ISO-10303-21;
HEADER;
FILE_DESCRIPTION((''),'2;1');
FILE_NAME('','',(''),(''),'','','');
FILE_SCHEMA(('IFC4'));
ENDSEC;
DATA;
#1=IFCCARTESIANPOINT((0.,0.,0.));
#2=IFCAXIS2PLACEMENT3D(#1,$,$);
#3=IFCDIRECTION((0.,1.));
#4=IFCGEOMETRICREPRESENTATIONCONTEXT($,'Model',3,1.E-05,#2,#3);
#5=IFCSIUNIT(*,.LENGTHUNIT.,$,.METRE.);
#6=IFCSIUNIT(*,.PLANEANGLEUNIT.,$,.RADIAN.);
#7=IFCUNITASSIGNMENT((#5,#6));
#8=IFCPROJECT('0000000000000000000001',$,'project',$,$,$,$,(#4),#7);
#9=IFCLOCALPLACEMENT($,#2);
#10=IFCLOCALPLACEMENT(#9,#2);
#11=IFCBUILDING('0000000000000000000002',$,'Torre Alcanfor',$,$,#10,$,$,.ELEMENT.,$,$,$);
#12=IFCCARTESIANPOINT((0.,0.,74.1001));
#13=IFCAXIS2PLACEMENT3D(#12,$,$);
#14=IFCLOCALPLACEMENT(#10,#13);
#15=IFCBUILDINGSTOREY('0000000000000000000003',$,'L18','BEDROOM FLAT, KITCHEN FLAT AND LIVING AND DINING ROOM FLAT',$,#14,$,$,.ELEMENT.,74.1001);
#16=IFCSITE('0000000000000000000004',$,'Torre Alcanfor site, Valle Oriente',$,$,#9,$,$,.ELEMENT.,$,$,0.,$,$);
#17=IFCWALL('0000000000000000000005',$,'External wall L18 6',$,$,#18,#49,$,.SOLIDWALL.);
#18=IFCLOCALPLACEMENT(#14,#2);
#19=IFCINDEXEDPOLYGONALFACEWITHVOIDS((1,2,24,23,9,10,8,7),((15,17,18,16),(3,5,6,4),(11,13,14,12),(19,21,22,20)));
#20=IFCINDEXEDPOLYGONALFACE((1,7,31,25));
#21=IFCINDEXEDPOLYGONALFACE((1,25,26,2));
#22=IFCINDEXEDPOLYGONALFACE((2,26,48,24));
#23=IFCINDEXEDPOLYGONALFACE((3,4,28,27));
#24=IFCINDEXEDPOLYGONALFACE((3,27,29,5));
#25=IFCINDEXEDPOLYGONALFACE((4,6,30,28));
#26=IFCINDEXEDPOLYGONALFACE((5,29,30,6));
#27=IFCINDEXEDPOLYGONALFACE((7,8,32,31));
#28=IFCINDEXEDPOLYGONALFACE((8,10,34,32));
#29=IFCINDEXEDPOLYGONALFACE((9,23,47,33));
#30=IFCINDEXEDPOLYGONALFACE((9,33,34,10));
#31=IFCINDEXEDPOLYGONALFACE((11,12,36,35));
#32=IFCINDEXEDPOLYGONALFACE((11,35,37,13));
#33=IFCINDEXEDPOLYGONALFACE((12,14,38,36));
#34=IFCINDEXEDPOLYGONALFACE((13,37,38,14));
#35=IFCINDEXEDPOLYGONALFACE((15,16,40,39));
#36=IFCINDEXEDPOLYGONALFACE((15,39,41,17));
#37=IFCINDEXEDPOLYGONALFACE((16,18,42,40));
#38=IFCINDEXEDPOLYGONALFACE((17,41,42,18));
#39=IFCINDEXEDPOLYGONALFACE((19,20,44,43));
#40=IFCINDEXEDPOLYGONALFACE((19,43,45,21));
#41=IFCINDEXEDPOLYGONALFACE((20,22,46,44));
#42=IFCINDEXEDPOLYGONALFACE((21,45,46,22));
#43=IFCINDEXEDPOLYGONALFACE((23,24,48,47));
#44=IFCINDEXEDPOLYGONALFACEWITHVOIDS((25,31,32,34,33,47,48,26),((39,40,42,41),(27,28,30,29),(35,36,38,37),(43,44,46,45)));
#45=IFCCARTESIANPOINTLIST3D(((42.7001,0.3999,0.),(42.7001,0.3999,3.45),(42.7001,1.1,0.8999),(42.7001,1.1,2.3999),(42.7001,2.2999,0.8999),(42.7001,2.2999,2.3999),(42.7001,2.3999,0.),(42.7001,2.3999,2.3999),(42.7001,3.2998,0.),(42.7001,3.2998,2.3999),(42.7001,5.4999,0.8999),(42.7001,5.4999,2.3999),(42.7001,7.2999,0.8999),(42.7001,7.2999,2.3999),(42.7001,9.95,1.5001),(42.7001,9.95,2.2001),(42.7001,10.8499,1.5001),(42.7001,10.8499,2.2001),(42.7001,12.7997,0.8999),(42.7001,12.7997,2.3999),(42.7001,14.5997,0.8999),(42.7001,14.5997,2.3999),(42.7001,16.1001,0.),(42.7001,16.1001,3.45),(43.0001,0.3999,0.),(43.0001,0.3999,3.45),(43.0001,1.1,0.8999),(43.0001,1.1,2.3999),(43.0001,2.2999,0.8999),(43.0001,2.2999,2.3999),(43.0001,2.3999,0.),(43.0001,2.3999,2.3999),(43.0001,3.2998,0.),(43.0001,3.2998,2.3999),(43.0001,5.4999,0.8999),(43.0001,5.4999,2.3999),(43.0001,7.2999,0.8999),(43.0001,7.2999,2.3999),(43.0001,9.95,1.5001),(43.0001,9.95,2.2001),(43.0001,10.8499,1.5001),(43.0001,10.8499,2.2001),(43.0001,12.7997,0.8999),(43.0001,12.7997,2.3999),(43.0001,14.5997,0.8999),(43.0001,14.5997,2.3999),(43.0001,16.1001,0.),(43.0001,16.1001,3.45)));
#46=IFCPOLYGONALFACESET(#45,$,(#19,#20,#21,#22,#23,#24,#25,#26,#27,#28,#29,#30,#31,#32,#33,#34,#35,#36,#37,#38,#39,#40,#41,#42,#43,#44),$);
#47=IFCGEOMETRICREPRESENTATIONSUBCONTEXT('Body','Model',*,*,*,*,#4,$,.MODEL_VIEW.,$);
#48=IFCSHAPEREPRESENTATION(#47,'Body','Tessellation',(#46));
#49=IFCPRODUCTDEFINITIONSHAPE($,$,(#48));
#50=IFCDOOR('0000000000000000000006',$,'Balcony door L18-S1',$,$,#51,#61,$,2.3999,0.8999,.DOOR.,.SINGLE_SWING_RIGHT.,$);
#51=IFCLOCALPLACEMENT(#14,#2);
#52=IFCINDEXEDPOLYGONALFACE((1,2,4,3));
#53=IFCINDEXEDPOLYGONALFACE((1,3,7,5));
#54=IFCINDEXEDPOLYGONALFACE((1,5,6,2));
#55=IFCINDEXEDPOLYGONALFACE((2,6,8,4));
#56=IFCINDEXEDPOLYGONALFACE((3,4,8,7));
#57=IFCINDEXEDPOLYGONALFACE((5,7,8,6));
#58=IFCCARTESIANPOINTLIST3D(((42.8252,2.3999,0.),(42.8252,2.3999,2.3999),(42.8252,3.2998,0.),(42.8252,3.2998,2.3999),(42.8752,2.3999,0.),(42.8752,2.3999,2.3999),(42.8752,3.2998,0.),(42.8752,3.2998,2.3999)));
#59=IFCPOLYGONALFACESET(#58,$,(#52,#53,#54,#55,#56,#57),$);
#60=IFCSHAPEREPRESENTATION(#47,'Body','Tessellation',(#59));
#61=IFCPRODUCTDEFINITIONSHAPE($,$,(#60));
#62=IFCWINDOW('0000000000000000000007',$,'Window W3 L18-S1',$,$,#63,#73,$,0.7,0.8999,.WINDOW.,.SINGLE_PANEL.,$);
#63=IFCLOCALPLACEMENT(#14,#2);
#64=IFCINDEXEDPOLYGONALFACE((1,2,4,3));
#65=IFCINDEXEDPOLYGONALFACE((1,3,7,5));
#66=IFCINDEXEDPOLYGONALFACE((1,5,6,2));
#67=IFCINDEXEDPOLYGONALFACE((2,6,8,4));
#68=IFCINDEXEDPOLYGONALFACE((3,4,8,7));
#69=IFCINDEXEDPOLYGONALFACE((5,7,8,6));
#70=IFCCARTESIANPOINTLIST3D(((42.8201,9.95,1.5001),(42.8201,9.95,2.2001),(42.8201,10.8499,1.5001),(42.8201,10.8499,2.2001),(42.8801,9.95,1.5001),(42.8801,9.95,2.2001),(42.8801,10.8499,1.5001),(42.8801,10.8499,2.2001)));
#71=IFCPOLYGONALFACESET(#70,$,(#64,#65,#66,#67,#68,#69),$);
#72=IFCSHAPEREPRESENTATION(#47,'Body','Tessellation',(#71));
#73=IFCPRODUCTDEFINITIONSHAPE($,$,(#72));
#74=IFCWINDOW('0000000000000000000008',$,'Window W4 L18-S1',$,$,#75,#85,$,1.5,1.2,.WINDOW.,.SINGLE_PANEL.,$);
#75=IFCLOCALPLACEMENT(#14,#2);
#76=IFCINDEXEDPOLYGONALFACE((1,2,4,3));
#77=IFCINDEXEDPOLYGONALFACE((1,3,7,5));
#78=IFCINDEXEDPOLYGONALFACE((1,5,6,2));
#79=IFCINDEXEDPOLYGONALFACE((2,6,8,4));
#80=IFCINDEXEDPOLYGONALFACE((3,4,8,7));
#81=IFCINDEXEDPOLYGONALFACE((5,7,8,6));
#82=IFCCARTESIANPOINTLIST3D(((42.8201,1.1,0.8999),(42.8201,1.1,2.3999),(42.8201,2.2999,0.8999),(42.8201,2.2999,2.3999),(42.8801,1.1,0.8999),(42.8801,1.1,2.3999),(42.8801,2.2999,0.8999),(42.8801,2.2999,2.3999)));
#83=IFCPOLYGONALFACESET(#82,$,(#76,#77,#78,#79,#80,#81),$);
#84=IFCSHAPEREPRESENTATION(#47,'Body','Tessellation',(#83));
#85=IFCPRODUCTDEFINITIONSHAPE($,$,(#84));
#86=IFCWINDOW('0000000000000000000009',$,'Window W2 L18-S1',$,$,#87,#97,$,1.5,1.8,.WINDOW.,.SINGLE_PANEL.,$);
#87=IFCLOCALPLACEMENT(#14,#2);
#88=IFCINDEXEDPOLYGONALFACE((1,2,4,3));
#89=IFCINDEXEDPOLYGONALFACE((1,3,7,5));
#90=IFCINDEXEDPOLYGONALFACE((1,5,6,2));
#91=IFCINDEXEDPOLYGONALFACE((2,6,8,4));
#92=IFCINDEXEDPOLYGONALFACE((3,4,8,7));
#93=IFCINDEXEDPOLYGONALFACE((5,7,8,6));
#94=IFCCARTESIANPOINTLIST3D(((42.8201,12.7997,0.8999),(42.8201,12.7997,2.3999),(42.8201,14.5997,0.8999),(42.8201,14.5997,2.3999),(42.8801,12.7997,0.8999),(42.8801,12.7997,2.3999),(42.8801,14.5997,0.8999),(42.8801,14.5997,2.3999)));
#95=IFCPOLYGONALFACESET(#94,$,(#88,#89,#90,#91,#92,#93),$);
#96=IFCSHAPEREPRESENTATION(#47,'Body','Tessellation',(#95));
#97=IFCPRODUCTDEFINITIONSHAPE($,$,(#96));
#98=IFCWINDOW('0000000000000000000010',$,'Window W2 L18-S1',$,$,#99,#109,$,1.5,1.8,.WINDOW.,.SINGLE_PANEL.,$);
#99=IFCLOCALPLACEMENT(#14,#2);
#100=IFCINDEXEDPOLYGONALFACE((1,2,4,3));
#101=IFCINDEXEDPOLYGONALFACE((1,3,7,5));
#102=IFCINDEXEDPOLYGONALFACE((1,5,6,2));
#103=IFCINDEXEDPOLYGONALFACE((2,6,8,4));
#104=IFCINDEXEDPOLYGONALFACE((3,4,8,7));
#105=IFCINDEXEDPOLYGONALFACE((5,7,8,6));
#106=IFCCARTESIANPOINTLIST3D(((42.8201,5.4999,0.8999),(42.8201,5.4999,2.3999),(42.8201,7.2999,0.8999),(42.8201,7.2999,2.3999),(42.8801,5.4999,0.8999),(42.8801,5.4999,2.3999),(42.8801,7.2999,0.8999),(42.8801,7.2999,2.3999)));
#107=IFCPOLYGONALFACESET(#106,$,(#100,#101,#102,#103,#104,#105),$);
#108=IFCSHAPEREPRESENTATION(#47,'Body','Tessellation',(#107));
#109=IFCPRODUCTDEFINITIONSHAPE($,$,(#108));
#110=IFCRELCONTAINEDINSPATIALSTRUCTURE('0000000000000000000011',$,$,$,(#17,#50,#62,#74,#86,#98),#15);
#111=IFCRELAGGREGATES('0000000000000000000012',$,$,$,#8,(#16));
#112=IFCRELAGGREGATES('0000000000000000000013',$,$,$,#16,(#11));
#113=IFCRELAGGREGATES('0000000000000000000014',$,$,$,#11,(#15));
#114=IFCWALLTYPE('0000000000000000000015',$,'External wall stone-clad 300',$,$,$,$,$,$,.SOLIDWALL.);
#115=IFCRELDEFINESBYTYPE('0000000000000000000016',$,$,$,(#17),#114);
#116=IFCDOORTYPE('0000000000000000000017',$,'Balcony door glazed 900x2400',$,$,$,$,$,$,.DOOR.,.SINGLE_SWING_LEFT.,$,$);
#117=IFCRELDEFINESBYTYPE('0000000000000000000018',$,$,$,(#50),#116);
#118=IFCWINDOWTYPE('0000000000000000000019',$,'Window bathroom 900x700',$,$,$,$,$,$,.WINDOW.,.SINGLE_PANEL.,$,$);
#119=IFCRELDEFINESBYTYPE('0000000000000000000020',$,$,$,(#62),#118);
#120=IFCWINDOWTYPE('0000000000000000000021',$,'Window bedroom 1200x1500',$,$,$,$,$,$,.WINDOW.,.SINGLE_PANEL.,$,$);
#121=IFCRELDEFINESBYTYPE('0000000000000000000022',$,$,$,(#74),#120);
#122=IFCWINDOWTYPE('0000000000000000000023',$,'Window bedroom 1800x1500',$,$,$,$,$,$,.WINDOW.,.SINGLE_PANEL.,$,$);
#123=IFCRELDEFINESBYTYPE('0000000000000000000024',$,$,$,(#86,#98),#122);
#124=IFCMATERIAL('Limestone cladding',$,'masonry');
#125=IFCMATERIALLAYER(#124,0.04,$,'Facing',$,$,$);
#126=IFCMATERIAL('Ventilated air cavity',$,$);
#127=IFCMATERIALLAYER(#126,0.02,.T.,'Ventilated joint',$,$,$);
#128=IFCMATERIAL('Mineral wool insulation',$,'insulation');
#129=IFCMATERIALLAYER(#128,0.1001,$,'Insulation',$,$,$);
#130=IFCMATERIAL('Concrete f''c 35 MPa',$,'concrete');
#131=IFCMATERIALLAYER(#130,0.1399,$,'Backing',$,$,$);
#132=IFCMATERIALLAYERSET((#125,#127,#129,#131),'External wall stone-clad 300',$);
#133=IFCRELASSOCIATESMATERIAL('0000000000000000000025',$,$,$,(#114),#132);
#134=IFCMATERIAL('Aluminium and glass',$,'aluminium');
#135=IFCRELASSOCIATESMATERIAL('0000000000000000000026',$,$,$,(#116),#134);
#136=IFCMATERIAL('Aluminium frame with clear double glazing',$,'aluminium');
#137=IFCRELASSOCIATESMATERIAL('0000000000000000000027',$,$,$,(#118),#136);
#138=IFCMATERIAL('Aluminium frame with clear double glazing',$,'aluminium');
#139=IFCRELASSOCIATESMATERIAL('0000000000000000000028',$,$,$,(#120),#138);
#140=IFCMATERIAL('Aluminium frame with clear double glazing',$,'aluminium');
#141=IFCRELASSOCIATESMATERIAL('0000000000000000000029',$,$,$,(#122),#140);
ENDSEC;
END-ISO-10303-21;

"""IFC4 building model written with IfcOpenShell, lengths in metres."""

from ifc_helpers import new_model, si_unit, direction, frame, frame_2d, origin, place, context, subcontext, project, spatial, rectangle, extrude, material, layer, layer_set, type_object, element, fill, save


model = new_model("IFC4")

# Units and contexts
model_context = context("Model", 3, precision=1e-05, world=origin(), true_north=direction((0.0, 1.0)))
body_context = subcontext(model_context, "Body", "Model", "MODEL_VIEW")
ifc_project = project(units=[si_unit("LENGTHUNIT", "METRE"), si_unit("PLANEANGLEUNIT", "RADIAN")], contexts=[model_context])

# Site, building, storey
site_placement = place(None, origin())
site = spatial("IfcSite", under=ifc_project, at=site_placement, Name="Torre Alcanfor site, Valle Oriente", CompositionType="ELEMENT", RefElevation=0.0)
building_placement = place(site_placement, origin())
building = spatial("IfcBuilding", under=site, at=building_placement, Name="Torre Alcanfor", CompositionType="ELEMENT")
storey_placement = place(building_placement, frame((0.0, 0.0, 74.1001)))
storey = spatial("IfcBuildingStorey", under=building, at=storey_placement, Name="L18", Description="BEDROOM FLAT, KITCHEN FLAT AND LIVING AND DINING ROOM FLAT", CompositionType="ELEMENT", Elevation=74.1001)

# Wall, openings, door, windows
ifc_material_1 = material(Name="Limestone cladding", Category="masonry")
ifc_layer_1 = layer(ifc_material_1, 0.04, Name="Facing")
ifc_material_2 = material(Name="Ventilated air cavity")
ifc_layer_2 = layer(ifc_material_2, 0.02, ventilated=True, Name="Ventilated joint")
ifc_material_3 = material(Name="Mineral wool insulation", Category="insulation")
ifc_layer_3 = layer(ifc_material_3, 0.1001, Name="Insulation")
ifc_material_4 = material(Name="Concrete f'c 35 MPa", Category="concrete")
ifc_layer_4 = layer(ifc_material_4, 0.1399, Name="Backing")
ifc_layer_set_1 = layer_set([ifc_layer_1, ifc_layer_2, ifc_layer_3, ifc_layer_4], Name="External wall stone-clad 300")
wall_type_1 = type_object("IfcWallType", Name="External wall stone-clad 300", PredefinedType="SOLIDWALL", material=ifc_layer_set_1)
wall_1_placement = place(storey_placement, frame((42.8501, 0.3999, 0.0), z_axis=(0.0, 0.0, 1.0), x_axis=(0.0, 1.0, 0.0)))
wall_1 = element("IfcWall", 1, at=wall_1_placement, inside=storey, type_object=wall_type_1, Name="External wall L18 6", PredefinedType="SOLIDWALL", context=body_context, shape_type="SweptSolid", body=[
    extrude(rectangle(XDim=15.7002, YDim=0.3, at=frame_2d((7.8501, 0.0))), origin(), (0.0, 0.0, 1.0), 3.45),
])
opening_1_placement = place(wall_1_placement, frame((12.3999, 0.0, 0.8999)))
opening_1 = element("IfcOpeningElement", 2, at=opening_1_placement, cuts=wall_1, PredefinedType="OPENING", context=body_context, shape_type="SweptSolid", body=[
    extrude(rectangle(XDim=1.8, YDim=1.5, at=frame_2d((0.8999, 0.75))), frame((0.0, 0.1599, 0.0), z_axis=(0.0, -1.0, 0.0), x_axis=(1.0, 0.0, 0.0)), (0.0, 0.0, 1.0), 0.3201),
])
opening_2_placement = place(wall_1_placement, frame((9.55, 0.0, 1.5)))
opening_2 = element("IfcOpeningElement", 3, at=opening_2_placement, cuts=wall_1, PredefinedType="OPENING", context=body_context, shape_type="SweptSolid", body=[
    extrude(rectangle(XDim=0.8999, YDim=0.7, at=frame_2d((0.45, 0.3501))), frame((0.0, 0.1599, 0.0), z_axis=(0.0, -1.0, 0.0), x_axis=(1.0, 0.0, 0.0)), (0.0, 0.0, 1.0), 0.3201),
])
opening_3_placement = place(wall_1_placement, frame((5.1001, 0.0, 0.8999)))
opening_3 = element("IfcOpeningElement", 4, at=opening_3_placement, cuts=wall_1, PredefinedType="OPENING", context=body_context, shape_type="SweptSolid", body=[
    extrude(rectangle(XDim=1.8, YDim=1.5, at=frame_2d((0.8999, 0.75))), frame((0.0, 0.1599, 0.0), z_axis=(0.0, -1.0, 0.0), x_axis=(1.0, 0.0, 0.0)), (0.0, 0.0, 1.0), 0.3201),
])
opening_4_placement = place(wall_1_placement, frame((2.0, 0.0, 0.0)))
opening_4 = element("IfcOpeningElement", 5, at=opening_4_placement, cuts=wall_1, PredefinedType="OPENING", context=body_context, shape_type="SweptSolid", body=[
    extrude(rectangle(XDim=0.8999, YDim=2.3999, at=frame_2d((0.45, 1.2))), frame((0.0, 0.1599, 0.0), z_axis=(0.0, -1.0, 0.0), x_axis=(1.0, 0.0, 0.0)), (0.0, 0.0, 1.0), 0.3201),
])
opening_5_placement = place(wall_1_placement, frame((0.7, 0.0, 0.8999)))
opening_5 = element("IfcOpeningElement", 6, at=opening_5_placement, cuts=wall_1, PredefinedType="OPENING", context=body_context, shape_type="SweptSolid", body=[
    extrude(rectangle(XDim=1.2, YDim=1.5, at=frame_2d((0.6001, 0.75))), frame((0.0, 0.1599, 0.0), z_axis=(0.0, -1.0, 0.0), x_axis=(1.0, 0.0, 0.0)), (0.0, 0.0, 1.0), 0.3201),
])
ifc_material_5 = material(Name="Aluminium and glass", Category="aluminium")
door_type = type_object("IfcDoorType", Name="Balcony door glazed 900x2400", OperationType="SINGLE_SWING_LEFT", PredefinedType="DOOR", material=ifc_material_5)
door_1_placement = place(opening_4_placement, origin())
door_1 = element("IfcDoor", 7, at=door_1_placement, inside=storey, type_object=door_type, Name="Balcony door L18-S1", OperationType="SINGLE_SWING_RIGHT", OverallHeight=2.3999, OverallWidth=0.8999, PredefinedType="DOOR", context=body_context, shape_type="SweptSolid", body=[
    extrude(rectangle(XDim=0.8999, YDim=2.3999, at=frame_2d((0.45, 1.2))), frame((0.0, 0.0249, 0.0), z_axis=(0.0, -1.0, 0.0), x_axis=(1.0, 0.0, 0.0)), (0.0, 0.0, 1.0), 0.05),
])
fill(opening_4, door_1)
ifc_material_6 = material(Name="Aluminium frame with clear double glazing", Category="aluminium")
window_type_1 = type_object("IfcWindowType", Name="Window bathroom 900x700", PartitioningType="SINGLE_PANEL", PredefinedType="WINDOW", material=ifc_material_6)
window_1_placement = place(opening_2_placement, origin())
window_1 = element("IfcWindow", 8, at=window_1_placement, inside=storey, type_object=window_type_1, Name="Window W3 L18-S1", OverallHeight=0.7, OverallWidth=0.8999, PartitioningType="SINGLE_PANEL", PredefinedType="WINDOW", context=body_context, shape_type="SweptSolid", body=[
    extrude(rectangle(XDim=0.8999, YDim=0.7, at=frame_2d((0.45, 0.3501))), frame((0.0, 0.03, 0.0), z_axis=(0.0, -1.0, 0.0), x_axis=(1.0, 0.0, 0.0)), (0.0, 0.0, 1.0), 0.0601),
])
fill(opening_2, window_1)
ifc_material_7 = material(Name="Aluminium frame with clear double glazing", Category="aluminium")
window_type_2 = type_object("IfcWindowType", Name="Window bedroom 1200x1500", PartitioningType="SINGLE_PANEL", PredefinedType="WINDOW", material=ifc_material_7)
window_2_placement = place(opening_5_placement, origin())
window_2 = element("IfcWindow", 9, at=window_2_placement, inside=storey, type_object=window_type_2, Name="Window W4 L18-S1", OverallHeight=1.5, OverallWidth=1.2, PartitioningType="SINGLE_PANEL", PredefinedType="WINDOW", context=body_context, shape_type="SweptSolid", body=[
    extrude(rectangle(XDim=1.2, YDim=1.5, at=frame_2d((0.6001, 0.75))), frame((0.0, 0.03, 0.0), z_axis=(0.0, -1.0, 0.0), x_axis=(1.0, 0.0, 0.0)), (0.0, 0.0, 1.0), 0.0601),
])
fill(opening_5, window_2)
ifc_material_8 = material(Name="Aluminium frame with clear double glazing", Category="aluminium")
window_type_3 = type_object("IfcWindowType", Name="Window bedroom 1800x1500", PartitioningType="SINGLE_PANEL", PredefinedType="WINDOW", material=ifc_material_8)
window_3_placement = place(opening_1_placement, origin())
window_3 = element("IfcWindow", 10, at=window_3_placement, inside=storey, type_object=window_type_3, Name="Window W2 L18-S1", OverallHeight=1.5, OverallWidth=1.8, PartitioningType="SINGLE_PANEL", PredefinedType="WINDOW", context=body_context, shape_type="SweptSolid", body=[
    extrude(rectangle(XDim=1.8, YDim=1.5, at=frame_2d((0.8999, 0.75))), frame((0.0, 0.03, 0.0), z_axis=(0.0, -1.0, 0.0), x_axis=(1.0, 0.0, 0.0)), (0.0, 0.0, 1.0), 0.0601),
])
fill(opening_1, window_3)
window_4_placement = place(opening_3_placement, origin())
window_4 = element("IfcWindow", 11, at=window_4_placement, inside=storey, type_object=window_type_3, Name="Window W2 L18-S1", OverallHeight=1.5, OverallWidth=1.8, PartitioningType="SINGLE_PANEL", PredefinedType="WINDOW", context=body_context, shape_type="SweptSolid", body=[
    extrude(rectangle(XDim=1.8, YDim=1.5, at=frame_2d((0.8999, 0.75))), frame((0.0, 0.03, 0.0), z_axis=(0.0, -1.0, 0.0), x_axis=(1.0, 0.0, 0.0)), (0.0, 0.0, 1.0), 0.0601),
])
fill(opening_3, window_4)

save(model, "model.ifc")
